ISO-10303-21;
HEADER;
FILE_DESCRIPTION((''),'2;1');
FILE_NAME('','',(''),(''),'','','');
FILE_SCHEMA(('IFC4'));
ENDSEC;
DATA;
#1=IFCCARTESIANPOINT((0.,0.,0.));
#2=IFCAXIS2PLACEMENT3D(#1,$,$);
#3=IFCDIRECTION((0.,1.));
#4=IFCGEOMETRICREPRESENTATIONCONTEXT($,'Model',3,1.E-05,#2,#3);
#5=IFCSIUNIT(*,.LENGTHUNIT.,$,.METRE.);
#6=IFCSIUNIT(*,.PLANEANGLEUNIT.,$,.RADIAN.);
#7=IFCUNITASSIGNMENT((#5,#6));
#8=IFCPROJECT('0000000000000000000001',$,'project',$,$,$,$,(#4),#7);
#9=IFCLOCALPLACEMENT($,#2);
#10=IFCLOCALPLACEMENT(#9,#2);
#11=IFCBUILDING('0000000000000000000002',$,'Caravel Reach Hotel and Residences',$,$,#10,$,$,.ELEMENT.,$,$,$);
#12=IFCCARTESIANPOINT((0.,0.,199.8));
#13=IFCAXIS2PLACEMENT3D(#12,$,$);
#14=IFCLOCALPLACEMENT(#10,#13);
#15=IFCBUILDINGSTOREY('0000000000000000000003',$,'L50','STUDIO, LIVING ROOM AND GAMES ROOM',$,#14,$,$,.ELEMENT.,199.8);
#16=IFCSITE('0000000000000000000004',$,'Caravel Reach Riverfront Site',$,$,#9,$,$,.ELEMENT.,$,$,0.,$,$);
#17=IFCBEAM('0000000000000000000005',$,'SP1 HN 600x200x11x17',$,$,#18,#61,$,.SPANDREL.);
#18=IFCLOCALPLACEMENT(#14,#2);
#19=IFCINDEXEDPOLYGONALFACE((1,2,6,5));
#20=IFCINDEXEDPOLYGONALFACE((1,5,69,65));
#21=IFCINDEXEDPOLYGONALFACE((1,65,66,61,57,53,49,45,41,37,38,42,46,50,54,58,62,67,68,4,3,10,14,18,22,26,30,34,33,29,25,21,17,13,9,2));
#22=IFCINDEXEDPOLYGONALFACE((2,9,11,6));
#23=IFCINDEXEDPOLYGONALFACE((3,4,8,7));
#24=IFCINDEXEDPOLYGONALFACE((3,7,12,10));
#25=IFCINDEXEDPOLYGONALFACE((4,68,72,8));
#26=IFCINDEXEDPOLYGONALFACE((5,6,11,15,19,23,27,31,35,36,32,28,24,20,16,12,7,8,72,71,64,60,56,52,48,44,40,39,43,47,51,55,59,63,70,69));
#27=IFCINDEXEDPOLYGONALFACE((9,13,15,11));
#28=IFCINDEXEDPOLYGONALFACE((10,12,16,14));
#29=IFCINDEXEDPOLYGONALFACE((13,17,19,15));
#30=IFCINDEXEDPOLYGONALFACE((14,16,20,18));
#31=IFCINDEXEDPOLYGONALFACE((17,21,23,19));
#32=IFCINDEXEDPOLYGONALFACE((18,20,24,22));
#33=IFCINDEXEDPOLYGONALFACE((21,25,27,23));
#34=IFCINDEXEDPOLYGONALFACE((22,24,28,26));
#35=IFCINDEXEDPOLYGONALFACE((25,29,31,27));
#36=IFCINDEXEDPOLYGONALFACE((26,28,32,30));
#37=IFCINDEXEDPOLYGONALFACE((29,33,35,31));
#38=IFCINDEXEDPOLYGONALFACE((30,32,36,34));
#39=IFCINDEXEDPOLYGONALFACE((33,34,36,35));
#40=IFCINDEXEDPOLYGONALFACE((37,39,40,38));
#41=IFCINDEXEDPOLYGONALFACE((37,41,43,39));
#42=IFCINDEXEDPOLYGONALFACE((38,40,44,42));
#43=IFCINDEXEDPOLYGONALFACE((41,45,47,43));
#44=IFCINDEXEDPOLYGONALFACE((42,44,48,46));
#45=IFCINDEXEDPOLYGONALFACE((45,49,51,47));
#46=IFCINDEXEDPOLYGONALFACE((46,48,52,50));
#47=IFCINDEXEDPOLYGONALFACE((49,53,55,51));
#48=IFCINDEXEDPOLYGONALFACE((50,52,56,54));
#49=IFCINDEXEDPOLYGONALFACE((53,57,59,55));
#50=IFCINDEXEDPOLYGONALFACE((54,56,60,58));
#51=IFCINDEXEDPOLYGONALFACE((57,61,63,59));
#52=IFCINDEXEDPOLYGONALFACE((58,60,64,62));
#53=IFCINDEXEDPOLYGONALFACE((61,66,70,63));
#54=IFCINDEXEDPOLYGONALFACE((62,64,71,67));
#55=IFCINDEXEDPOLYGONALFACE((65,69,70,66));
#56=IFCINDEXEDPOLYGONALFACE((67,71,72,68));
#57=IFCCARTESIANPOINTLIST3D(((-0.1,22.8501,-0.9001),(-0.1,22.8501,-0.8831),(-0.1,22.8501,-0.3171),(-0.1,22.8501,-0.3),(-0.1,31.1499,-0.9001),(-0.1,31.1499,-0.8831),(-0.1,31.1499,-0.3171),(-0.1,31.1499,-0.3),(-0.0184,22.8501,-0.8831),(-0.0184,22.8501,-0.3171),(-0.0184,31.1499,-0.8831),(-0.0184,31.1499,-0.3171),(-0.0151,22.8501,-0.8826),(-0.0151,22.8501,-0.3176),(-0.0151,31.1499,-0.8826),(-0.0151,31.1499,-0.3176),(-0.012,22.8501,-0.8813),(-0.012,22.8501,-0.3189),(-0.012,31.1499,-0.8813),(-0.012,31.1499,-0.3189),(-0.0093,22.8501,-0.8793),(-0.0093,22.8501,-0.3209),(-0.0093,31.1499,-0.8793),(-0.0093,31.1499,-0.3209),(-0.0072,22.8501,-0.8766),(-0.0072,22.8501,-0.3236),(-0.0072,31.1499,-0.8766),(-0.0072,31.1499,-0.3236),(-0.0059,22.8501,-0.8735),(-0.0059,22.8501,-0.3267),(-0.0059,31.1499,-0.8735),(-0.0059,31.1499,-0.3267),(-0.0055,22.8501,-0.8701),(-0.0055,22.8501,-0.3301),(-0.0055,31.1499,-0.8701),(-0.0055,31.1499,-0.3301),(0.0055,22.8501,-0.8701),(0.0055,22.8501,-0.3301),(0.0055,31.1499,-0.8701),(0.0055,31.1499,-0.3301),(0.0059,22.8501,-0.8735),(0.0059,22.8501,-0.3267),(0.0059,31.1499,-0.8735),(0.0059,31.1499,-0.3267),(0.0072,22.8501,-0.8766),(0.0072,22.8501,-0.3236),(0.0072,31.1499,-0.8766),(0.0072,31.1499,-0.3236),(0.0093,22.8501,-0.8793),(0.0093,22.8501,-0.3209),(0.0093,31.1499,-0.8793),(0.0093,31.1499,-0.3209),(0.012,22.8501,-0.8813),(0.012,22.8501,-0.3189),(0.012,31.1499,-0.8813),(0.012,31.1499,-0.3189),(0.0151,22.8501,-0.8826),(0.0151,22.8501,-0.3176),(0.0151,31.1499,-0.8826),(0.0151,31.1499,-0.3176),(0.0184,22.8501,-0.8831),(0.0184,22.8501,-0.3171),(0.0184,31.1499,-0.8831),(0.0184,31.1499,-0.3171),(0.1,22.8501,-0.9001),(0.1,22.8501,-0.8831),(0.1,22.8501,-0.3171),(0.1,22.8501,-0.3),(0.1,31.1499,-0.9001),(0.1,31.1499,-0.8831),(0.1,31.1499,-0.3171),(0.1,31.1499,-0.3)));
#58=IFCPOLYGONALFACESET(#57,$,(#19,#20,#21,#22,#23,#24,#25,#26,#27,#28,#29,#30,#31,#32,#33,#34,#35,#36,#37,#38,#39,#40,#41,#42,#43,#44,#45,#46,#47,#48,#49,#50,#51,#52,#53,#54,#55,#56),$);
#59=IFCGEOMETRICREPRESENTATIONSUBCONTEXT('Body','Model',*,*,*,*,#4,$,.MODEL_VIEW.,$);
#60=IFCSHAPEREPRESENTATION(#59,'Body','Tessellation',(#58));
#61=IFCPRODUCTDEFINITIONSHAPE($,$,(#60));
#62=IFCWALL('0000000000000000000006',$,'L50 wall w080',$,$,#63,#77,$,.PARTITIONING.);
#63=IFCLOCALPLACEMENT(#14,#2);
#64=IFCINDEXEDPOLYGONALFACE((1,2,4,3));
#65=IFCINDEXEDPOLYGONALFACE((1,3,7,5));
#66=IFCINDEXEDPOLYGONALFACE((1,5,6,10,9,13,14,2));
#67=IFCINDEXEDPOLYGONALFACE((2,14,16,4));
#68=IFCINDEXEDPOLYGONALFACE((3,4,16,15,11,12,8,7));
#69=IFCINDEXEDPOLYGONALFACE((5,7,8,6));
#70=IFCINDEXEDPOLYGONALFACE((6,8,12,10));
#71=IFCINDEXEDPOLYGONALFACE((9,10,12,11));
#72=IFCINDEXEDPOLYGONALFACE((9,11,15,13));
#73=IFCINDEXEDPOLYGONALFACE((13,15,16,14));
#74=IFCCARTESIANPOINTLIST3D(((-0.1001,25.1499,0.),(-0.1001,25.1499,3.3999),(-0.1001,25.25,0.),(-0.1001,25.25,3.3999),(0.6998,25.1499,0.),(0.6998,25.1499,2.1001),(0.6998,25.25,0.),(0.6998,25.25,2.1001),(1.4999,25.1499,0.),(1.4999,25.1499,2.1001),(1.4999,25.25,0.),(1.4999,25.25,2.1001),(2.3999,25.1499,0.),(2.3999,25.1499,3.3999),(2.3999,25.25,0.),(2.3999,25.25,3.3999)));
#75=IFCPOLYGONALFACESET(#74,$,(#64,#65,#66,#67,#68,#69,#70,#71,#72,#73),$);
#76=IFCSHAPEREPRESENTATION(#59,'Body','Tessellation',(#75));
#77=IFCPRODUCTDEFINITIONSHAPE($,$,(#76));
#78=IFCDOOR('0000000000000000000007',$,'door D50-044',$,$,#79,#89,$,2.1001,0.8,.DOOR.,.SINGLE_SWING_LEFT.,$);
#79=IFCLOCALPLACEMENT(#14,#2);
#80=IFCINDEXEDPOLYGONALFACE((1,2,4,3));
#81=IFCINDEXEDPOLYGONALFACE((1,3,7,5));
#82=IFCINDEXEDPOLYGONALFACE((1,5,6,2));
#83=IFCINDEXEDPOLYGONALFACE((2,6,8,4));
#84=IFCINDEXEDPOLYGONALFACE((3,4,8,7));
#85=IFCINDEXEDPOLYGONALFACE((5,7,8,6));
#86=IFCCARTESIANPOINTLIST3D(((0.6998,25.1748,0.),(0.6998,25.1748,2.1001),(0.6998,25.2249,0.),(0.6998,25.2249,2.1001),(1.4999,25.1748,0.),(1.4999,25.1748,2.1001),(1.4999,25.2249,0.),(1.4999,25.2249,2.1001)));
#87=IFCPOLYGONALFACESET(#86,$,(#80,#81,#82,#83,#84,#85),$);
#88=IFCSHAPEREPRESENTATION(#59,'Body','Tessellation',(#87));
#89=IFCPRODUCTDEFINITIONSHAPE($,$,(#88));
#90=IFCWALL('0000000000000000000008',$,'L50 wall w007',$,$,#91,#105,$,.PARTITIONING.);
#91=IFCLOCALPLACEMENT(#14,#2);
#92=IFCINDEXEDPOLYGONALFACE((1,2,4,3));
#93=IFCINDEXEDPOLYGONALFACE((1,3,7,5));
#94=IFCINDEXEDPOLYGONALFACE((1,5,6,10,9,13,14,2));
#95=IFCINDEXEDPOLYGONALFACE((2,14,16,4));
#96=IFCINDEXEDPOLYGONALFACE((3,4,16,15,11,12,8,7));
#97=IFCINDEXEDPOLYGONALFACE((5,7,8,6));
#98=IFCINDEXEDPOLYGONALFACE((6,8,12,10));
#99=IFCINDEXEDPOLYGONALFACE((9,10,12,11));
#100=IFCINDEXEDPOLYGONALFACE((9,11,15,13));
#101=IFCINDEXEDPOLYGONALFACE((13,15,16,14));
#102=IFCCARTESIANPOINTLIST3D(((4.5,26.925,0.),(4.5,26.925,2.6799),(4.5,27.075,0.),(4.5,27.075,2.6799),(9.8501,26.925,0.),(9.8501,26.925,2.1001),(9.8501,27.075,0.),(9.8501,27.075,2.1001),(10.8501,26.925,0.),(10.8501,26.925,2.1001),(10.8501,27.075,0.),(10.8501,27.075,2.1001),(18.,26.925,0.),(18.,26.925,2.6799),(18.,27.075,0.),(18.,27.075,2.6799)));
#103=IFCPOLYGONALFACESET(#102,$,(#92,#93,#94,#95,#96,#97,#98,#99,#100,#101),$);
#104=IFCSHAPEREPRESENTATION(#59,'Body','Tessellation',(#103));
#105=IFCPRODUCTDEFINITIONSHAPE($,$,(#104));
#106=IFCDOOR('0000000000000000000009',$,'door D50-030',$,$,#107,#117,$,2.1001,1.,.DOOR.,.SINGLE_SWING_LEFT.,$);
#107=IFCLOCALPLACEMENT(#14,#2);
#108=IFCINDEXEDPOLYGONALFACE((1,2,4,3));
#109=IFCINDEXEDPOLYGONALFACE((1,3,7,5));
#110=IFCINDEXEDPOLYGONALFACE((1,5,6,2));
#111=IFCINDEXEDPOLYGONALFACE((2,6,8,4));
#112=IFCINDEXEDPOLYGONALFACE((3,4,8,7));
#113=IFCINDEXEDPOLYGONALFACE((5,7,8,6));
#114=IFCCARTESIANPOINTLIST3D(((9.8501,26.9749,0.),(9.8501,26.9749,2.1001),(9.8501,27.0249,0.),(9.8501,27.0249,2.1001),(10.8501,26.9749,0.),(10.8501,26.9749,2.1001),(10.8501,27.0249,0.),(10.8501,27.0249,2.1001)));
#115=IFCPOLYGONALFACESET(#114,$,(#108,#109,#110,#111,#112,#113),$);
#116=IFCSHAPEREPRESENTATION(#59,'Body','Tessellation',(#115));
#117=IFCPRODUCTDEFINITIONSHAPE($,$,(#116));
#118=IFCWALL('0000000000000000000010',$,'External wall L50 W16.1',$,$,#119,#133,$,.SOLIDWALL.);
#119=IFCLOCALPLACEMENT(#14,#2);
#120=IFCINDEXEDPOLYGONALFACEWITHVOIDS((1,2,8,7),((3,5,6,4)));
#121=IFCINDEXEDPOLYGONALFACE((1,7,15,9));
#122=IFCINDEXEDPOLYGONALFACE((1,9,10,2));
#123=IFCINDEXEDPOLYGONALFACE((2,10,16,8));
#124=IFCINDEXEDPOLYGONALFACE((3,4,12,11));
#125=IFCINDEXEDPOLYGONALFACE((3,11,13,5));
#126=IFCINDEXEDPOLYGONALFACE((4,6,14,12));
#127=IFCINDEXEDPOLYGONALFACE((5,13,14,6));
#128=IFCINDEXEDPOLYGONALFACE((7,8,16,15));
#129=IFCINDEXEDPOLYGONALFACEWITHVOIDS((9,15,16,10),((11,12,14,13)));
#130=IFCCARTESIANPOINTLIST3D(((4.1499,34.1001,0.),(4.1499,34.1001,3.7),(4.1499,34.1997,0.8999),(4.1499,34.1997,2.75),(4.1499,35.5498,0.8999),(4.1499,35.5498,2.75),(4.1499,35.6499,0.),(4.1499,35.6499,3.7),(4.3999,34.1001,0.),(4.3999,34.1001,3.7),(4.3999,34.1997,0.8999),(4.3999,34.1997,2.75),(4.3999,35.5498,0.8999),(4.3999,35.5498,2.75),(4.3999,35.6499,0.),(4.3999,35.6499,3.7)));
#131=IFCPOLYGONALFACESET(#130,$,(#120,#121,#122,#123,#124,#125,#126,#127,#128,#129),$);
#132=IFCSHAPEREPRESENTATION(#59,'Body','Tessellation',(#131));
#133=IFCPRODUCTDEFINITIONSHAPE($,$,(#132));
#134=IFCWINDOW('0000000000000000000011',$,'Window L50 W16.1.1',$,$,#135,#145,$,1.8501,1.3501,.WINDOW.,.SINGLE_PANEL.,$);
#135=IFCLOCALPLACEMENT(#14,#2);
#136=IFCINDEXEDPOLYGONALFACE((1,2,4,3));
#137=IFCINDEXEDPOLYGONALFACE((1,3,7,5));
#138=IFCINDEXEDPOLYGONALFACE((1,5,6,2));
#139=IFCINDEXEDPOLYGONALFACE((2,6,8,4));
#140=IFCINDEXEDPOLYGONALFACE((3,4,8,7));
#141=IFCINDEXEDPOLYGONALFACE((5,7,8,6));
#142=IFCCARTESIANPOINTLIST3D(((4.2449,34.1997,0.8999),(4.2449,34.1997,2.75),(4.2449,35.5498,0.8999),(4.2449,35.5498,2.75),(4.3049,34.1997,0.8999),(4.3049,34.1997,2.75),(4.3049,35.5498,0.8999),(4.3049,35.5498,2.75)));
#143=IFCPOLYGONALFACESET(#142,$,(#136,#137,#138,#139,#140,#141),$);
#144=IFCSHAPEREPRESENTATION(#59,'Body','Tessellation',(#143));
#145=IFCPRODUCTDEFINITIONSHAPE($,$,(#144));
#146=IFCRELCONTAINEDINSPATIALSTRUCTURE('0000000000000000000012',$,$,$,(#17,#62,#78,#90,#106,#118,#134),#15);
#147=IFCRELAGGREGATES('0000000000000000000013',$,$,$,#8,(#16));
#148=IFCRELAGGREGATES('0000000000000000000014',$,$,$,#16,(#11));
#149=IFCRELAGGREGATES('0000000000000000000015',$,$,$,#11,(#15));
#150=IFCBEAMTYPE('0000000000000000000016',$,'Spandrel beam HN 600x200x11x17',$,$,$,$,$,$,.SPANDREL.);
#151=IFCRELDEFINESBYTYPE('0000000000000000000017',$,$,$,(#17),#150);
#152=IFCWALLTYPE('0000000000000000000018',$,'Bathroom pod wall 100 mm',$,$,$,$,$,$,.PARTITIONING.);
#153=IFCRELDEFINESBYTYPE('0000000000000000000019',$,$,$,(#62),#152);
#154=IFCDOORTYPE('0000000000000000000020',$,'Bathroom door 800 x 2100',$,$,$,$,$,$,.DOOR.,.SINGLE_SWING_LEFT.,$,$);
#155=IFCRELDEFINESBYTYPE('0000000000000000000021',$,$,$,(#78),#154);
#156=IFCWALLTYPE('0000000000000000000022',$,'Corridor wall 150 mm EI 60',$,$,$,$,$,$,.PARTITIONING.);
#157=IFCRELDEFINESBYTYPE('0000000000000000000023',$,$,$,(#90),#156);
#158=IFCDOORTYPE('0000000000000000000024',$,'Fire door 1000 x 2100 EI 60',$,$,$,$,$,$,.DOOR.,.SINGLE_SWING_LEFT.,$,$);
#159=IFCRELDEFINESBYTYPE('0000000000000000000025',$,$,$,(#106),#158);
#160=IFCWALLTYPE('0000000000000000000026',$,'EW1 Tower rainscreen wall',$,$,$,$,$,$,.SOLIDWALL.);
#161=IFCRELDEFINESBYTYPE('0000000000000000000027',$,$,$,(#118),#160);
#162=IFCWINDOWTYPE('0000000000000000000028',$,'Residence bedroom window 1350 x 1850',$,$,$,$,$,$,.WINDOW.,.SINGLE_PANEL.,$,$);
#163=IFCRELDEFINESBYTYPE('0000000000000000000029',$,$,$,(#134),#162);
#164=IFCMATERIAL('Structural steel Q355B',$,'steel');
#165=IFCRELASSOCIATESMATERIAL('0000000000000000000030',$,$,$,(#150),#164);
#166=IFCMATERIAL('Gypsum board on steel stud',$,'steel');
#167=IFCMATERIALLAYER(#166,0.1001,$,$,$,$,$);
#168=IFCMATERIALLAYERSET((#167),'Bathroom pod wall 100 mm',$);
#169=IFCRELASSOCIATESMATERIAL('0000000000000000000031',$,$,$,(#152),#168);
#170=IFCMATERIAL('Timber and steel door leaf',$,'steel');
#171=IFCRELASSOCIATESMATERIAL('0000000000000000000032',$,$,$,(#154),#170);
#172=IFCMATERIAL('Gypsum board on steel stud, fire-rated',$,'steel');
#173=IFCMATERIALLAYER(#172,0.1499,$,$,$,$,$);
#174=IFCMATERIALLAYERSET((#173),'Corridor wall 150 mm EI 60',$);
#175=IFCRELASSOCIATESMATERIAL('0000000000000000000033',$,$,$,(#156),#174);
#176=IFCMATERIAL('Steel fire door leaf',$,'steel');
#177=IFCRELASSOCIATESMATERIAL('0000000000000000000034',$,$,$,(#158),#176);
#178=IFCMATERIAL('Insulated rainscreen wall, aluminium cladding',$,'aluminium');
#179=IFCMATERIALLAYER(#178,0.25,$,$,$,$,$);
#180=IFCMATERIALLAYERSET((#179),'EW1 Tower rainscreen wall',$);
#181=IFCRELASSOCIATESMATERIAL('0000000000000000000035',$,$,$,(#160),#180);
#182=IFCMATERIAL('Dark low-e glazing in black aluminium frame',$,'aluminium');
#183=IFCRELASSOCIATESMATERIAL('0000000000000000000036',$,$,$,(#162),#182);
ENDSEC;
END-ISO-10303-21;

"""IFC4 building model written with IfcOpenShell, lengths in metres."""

from ifc_helpers import new_model, si_unit, direction, frame, frame_2d, origin, origin_2d, place, context, subcontext, project, spatial, rectangle, i_section, extrude, material, layer, layer_set, material_profile, profile_set, type_object, element, fill, save


model = new_model("IFC4")

# Units and contexts
model_context = context("Model", 3, precision=1e-05, world=origin(), true_north=direction((0.0, 1.0)))
body_context = subcontext(model_context, "Body", "Model", "MODEL_VIEW")
ifc_project = project(units=[si_unit("LENGTHUNIT", "METRE"), si_unit("PLANEANGLEUNIT", "RADIAN")], contexts=[model_context])

# Site, building, storey
site_placement = place(None, origin())
site = spatial("IfcSite", under=ifc_project, at=site_placement, Name="Caravel Reach Riverfront Site", CompositionType="ELEMENT", RefElevation=0.0)
building_placement = place(site_placement, origin())
building = spatial("IfcBuilding", under=site, at=building_placement, Name="Caravel Reach Hotel and Residences", CompositionType="ELEMENT")
storey_placement = place(building_placement, frame((0.0, 0.0, 199.8)))
storey = spatial("IfcBuildingStorey", under=building, at=storey_placement, Name="L50", Description="STUDIO, LIVING ROOM AND GAMES ROOM", CompositionType="ELEMENT", Elevation=199.8)

# Beam
ifc_material_1 = material(Name="Structural steel Q355B", Category="steel")
ifc_material_profile_1 = material_profile(ifc_material_1, i_section(OverallWidth=0.2, OverallDepth=0.6001, WebThickness=0.011, FlangeThickness=0.0171, FilletRadius=0.0129, at=origin_2d()), Name="HN 600x200x11x17")
ifc_profile_set_1 = profile_set([ifc_material_profile_1], Name="Structural steel Q355B")
beam_type = type_object("IfcBeamType", Name="Spandrel beam HN 600x200x11x17", PredefinedType="SPANDREL", material=ifc_profile_set_1)
beam_placement = place(storey_placement, frame((0.0, 31.1499, -0.6001), z_axis=(0.0, -1.0, 0.0), x_axis=(1.0, 0.0, 0.0)))
element("IfcBeam", 1, at=beam_placement, inside=storey, type_object=beam_type, Name="SP1 HN 600x200x11x17", PredefinedType="SPANDREL", context=body_context, shape_type="SweptSolid", body=[
    extrude(i_section(OverallWidth=0.2, OverallDepth=0.6001, WebThickness=0.011, FlangeThickness=0.0171, FilletRadius=0.0129, at=origin_2d()), origin(), (0.0, 0.0, 1.0), 8.2998),
])

# Walls, openings, doors
ifc_material_2 = material(Name="Gypsum board on steel stud", Category="steel")
ifc_layer_1 = layer(ifc_material_2, 0.1001)
ifc_layer_set_1 = layer_set([ifc_layer_1], Name="Bathroom pod wall 100 mm")
wall_type_1 = type_object("IfcWallType", Name="Bathroom pod wall 100 mm", PredefinedType="PARTITIONING", material=ifc_layer_set_1)
wall_1_placement = place(storey_placement, frame((-0.1001, 25.2, 0.0), z_axis=(0.0, 0.0, 1.0), x_axis=(1.0, 0.0, 0.0)))
wall_1 = element("IfcWall", 2, at=wall_1_placement, inside=storey, type_object=wall_type_1, Name="L50 wall w080", PredefinedType="PARTITIONING", context=body_context, shape_type="SweptSolid", body=[
    extrude(rectangle(XDim=2.5, YDim=0.1001, at=frame_2d((1.25, 0.0))), origin(), (0.0, 0.0, 1.0), 3.3999),
])
opening_1_placement = place(wall_1_placement, frame((0.8, 0.0, 0.0)))
opening_1 = element("IfcOpeningElement", 3, at=opening_1_placement, cuts=wall_1, PredefinedType="OPENING", context=body_context, shape_type="SweptSolid", body=[
    extrude(rectangle(XDim=0.8, YDim=2.1001, at=frame_2d((0.3999, 1.05))), frame((0.0, 0.0601, 0.0), z_axis=(0.0, -1.0, 0.0), x_axis=(1.0, 0.0, 0.0)), (0.0, 0.0, 1.0), 0.1201),
])
ifc_material_3 = material(Name="Timber and steel door leaf", Category="steel")
door_type_1 = type_object("IfcDoorType", Name="Bathroom door 800 x 2100", OperationType="SINGLE_SWING_LEFT", PredefinedType="DOOR", material=ifc_material_3)
door_1_placement = place(opening_1_placement, origin())
door_1 = element("IfcDoor", 4, at=door_1_placement, inside=storey, type_object=door_type_1, Name="door D50-044", OperationType="SINGLE_SWING_LEFT", OverallHeight=2.1001, OverallWidth=0.8, PredefinedType="DOOR", context=body_context, shape_type="SweptSolid", body=[
    extrude(rectangle(XDim=0.8, YDim=2.1001, at=frame_2d((0.3999, 1.05))), frame((0.0, 0.0249, 0.0), z_axis=(0.0, -1.0, 0.0), x_axis=(1.0, 0.0, 0.0)), (0.0, 0.0, 1.0), 0.05),
])
fill(opening_1, door_1)
ifc_material_4 = material(Name="Gypsum board on steel stud, fire-rated", Category="steel")
ifc_layer_2 = layer(ifc_material_4, 0.1499)
ifc_layer_set_2 = layer_set([ifc_layer_2], Name="Corridor wall 150 mm EI 60")
wall_type_2 = type_object("IfcWallType", Name="Corridor wall 150 mm EI 60", PredefinedType="PARTITIONING", material=ifc_layer_set_2)
wall_2_placement = place(storey_placement, frame((4.5, 27.0, 0.0), z_axis=(0.0, 0.0, 1.0), x_axis=(1.0, 0.0, 0.0)))
wall_2 = element("IfcWall", 5, at=wall_2_placement, inside=storey, type_object=wall_type_2, Name="L50 wall w007", PredefinedType="PARTITIONING", context=body_context, shape_type="SweptSolid", body=[
    extrude(rectangle(XDim=13.5, YDim=0.1499, at=frame_2d((6.75, 0.0))), origin(), (0.0, 0.0, 1.0), 2.6799),
])
opening_2_placement = place(wall_2_placement, frame((5.3501, 0.0, 0.0)))
opening_2 = element("IfcOpeningElement", 6, at=opening_2_placement, cuts=wall_2, PredefinedType="OPENING", context=body_context, shape_type="SweptSolid", body=[
    extrude(rectangle(XDim=1.0, YDim=2.1001, at=frame_2d((0.5, 1.05))), frame((0.0, 0.085, 0.0), z_axis=(0.0, -1.0, 0.0), x_axis=(1.0, 0.0, 0.0)), (0.0, 0.0, 1.0), 0.1699),
])
ifc_material_5 = material(Name="Steel fire door leaf", Category="steel")
door_type_2 = type_object("IfcDoorType", Name="Fire door 1000 x 2100 EI 60", OperationType="SINGLE_SWING_LEFT", PredefinedType="DOOR", material=ifc_material_5)
door_2_placement = place(opening_2_placement, origin())
door_2 = element("IfcDoor", 7, at=door_2_placement, inside=storey, type_object=door_type_2, Name="door D50-030", OperationType="SINGLE_SWING_LEFT", OverallHeight=2.1001, OverallWidth=1.0, PredefinedType="DOOR", context=body_context, shape_type="SweptSolid", body=[
    extrude(rectangle(XDim=1.0, YDim=2.1001, at=frame_2d((0.5, 1.05))), frame((0.0, 0.0249, 0.0), z_axis=(0.0, -1.0, 0.0), x_axis=(1.0, 0.0, 0.0)), (0.0, 0.0, 1.0), 0.05),
])
fill(opening_2, door_2)

# Wall, opening, window
ifc_material_6 = material(Name="Insulated rainscreen wall, aluminium cladding", Category="aluminium")
ifc_layer_3 = layer(ifc_material_6, 0.25)
ifc_layer_set_3 = layer_set([ifc_layer_3], Name="EW1 Tower rainscreen wall")
wall_type_3 = type_object("IfcWallType", Name="EW1 Tower rainscreen wall", PredefinedType="SOLIDWALL", material=ifc_layer_set_3)
wall_3_placement = place(storey_placement, frame((4.2749, 35.6499, 0.0), z_axis=(0.0, 0.0, 1.0), x_axis=(0.0, -1.0, 0.0)))
wall_3 = element("IfcWall", 8, at=wall_3_placement, inside=storey, type_object=wall_type_3, Name="External wall L50 W16.1", PredefinedType="SOLIDWALL", context=body_context, shape_type="SweptSolid", body=[
    extrude(rectangle(XDim=1.5498, YDim=0.25, at=frame_2d((0.7749, 0.0))), origin(), (0.0, 0.0, 1.0), 3.7),
])
opening_3_placement = place(wall_3_placement, frame((0.1001, 0.0, 0.8999)))
opening_3 = element("IfcOpeningElement", 9, at=opening_3_placement, cuts=wall_3, PredefinedType="OPENING", context=body_context, shape_type="SweptSolid", body=[
    extrude(rectangle(XDim=1.3501, YDim=1.8501, at=frame_2d((0.675, 0.925))), frame((0.0, 0.135, 0.0), z_axis=(0.0, -1.0, 0.0), x_axis=(1.0, 0.0, 0.0)), (0.0, 0.0, 1.0), 0.27),
])
ifc_material_7 = material(Name="Dark low-e glazing in black aluminium frame", Category="aluminium")
window_type_1 = type_object("IfcWindowType", Name="Residence bedroom window 1350 x 1850", PartitioningType="SINGLE_PANEL", PredefinedType="WINDOW", material=ifc_material_7)
window_1_placement = place(opening_3_placement, origin())
window_1 = element("IfcWindow", 10, at=window_1_placement, inside=storey, type_object=window_type_1, Name="Window L50 W16.1.1", OverallHeight=1.8501, OverallWidth=1.3501, PartitioningType="SINGLE_PANEL", PredefinedType="WINDOW", context=body_context, shape_type="SweptSolid", body=[
    extrude(rectangle(XDim=1.3501, YDim=1.8501, at=frame_2d((0.675, 0.925))), frame((0.0, 0.03, 0.0), z_axis=(0.0, -1.0, 0.0), x_axis=(1.0, 0.0, 0.0)), (0.0, 0.0, 1.0), 0.0601),
])
fill(opening_3, window_1)

save(model, "model.ifc")
